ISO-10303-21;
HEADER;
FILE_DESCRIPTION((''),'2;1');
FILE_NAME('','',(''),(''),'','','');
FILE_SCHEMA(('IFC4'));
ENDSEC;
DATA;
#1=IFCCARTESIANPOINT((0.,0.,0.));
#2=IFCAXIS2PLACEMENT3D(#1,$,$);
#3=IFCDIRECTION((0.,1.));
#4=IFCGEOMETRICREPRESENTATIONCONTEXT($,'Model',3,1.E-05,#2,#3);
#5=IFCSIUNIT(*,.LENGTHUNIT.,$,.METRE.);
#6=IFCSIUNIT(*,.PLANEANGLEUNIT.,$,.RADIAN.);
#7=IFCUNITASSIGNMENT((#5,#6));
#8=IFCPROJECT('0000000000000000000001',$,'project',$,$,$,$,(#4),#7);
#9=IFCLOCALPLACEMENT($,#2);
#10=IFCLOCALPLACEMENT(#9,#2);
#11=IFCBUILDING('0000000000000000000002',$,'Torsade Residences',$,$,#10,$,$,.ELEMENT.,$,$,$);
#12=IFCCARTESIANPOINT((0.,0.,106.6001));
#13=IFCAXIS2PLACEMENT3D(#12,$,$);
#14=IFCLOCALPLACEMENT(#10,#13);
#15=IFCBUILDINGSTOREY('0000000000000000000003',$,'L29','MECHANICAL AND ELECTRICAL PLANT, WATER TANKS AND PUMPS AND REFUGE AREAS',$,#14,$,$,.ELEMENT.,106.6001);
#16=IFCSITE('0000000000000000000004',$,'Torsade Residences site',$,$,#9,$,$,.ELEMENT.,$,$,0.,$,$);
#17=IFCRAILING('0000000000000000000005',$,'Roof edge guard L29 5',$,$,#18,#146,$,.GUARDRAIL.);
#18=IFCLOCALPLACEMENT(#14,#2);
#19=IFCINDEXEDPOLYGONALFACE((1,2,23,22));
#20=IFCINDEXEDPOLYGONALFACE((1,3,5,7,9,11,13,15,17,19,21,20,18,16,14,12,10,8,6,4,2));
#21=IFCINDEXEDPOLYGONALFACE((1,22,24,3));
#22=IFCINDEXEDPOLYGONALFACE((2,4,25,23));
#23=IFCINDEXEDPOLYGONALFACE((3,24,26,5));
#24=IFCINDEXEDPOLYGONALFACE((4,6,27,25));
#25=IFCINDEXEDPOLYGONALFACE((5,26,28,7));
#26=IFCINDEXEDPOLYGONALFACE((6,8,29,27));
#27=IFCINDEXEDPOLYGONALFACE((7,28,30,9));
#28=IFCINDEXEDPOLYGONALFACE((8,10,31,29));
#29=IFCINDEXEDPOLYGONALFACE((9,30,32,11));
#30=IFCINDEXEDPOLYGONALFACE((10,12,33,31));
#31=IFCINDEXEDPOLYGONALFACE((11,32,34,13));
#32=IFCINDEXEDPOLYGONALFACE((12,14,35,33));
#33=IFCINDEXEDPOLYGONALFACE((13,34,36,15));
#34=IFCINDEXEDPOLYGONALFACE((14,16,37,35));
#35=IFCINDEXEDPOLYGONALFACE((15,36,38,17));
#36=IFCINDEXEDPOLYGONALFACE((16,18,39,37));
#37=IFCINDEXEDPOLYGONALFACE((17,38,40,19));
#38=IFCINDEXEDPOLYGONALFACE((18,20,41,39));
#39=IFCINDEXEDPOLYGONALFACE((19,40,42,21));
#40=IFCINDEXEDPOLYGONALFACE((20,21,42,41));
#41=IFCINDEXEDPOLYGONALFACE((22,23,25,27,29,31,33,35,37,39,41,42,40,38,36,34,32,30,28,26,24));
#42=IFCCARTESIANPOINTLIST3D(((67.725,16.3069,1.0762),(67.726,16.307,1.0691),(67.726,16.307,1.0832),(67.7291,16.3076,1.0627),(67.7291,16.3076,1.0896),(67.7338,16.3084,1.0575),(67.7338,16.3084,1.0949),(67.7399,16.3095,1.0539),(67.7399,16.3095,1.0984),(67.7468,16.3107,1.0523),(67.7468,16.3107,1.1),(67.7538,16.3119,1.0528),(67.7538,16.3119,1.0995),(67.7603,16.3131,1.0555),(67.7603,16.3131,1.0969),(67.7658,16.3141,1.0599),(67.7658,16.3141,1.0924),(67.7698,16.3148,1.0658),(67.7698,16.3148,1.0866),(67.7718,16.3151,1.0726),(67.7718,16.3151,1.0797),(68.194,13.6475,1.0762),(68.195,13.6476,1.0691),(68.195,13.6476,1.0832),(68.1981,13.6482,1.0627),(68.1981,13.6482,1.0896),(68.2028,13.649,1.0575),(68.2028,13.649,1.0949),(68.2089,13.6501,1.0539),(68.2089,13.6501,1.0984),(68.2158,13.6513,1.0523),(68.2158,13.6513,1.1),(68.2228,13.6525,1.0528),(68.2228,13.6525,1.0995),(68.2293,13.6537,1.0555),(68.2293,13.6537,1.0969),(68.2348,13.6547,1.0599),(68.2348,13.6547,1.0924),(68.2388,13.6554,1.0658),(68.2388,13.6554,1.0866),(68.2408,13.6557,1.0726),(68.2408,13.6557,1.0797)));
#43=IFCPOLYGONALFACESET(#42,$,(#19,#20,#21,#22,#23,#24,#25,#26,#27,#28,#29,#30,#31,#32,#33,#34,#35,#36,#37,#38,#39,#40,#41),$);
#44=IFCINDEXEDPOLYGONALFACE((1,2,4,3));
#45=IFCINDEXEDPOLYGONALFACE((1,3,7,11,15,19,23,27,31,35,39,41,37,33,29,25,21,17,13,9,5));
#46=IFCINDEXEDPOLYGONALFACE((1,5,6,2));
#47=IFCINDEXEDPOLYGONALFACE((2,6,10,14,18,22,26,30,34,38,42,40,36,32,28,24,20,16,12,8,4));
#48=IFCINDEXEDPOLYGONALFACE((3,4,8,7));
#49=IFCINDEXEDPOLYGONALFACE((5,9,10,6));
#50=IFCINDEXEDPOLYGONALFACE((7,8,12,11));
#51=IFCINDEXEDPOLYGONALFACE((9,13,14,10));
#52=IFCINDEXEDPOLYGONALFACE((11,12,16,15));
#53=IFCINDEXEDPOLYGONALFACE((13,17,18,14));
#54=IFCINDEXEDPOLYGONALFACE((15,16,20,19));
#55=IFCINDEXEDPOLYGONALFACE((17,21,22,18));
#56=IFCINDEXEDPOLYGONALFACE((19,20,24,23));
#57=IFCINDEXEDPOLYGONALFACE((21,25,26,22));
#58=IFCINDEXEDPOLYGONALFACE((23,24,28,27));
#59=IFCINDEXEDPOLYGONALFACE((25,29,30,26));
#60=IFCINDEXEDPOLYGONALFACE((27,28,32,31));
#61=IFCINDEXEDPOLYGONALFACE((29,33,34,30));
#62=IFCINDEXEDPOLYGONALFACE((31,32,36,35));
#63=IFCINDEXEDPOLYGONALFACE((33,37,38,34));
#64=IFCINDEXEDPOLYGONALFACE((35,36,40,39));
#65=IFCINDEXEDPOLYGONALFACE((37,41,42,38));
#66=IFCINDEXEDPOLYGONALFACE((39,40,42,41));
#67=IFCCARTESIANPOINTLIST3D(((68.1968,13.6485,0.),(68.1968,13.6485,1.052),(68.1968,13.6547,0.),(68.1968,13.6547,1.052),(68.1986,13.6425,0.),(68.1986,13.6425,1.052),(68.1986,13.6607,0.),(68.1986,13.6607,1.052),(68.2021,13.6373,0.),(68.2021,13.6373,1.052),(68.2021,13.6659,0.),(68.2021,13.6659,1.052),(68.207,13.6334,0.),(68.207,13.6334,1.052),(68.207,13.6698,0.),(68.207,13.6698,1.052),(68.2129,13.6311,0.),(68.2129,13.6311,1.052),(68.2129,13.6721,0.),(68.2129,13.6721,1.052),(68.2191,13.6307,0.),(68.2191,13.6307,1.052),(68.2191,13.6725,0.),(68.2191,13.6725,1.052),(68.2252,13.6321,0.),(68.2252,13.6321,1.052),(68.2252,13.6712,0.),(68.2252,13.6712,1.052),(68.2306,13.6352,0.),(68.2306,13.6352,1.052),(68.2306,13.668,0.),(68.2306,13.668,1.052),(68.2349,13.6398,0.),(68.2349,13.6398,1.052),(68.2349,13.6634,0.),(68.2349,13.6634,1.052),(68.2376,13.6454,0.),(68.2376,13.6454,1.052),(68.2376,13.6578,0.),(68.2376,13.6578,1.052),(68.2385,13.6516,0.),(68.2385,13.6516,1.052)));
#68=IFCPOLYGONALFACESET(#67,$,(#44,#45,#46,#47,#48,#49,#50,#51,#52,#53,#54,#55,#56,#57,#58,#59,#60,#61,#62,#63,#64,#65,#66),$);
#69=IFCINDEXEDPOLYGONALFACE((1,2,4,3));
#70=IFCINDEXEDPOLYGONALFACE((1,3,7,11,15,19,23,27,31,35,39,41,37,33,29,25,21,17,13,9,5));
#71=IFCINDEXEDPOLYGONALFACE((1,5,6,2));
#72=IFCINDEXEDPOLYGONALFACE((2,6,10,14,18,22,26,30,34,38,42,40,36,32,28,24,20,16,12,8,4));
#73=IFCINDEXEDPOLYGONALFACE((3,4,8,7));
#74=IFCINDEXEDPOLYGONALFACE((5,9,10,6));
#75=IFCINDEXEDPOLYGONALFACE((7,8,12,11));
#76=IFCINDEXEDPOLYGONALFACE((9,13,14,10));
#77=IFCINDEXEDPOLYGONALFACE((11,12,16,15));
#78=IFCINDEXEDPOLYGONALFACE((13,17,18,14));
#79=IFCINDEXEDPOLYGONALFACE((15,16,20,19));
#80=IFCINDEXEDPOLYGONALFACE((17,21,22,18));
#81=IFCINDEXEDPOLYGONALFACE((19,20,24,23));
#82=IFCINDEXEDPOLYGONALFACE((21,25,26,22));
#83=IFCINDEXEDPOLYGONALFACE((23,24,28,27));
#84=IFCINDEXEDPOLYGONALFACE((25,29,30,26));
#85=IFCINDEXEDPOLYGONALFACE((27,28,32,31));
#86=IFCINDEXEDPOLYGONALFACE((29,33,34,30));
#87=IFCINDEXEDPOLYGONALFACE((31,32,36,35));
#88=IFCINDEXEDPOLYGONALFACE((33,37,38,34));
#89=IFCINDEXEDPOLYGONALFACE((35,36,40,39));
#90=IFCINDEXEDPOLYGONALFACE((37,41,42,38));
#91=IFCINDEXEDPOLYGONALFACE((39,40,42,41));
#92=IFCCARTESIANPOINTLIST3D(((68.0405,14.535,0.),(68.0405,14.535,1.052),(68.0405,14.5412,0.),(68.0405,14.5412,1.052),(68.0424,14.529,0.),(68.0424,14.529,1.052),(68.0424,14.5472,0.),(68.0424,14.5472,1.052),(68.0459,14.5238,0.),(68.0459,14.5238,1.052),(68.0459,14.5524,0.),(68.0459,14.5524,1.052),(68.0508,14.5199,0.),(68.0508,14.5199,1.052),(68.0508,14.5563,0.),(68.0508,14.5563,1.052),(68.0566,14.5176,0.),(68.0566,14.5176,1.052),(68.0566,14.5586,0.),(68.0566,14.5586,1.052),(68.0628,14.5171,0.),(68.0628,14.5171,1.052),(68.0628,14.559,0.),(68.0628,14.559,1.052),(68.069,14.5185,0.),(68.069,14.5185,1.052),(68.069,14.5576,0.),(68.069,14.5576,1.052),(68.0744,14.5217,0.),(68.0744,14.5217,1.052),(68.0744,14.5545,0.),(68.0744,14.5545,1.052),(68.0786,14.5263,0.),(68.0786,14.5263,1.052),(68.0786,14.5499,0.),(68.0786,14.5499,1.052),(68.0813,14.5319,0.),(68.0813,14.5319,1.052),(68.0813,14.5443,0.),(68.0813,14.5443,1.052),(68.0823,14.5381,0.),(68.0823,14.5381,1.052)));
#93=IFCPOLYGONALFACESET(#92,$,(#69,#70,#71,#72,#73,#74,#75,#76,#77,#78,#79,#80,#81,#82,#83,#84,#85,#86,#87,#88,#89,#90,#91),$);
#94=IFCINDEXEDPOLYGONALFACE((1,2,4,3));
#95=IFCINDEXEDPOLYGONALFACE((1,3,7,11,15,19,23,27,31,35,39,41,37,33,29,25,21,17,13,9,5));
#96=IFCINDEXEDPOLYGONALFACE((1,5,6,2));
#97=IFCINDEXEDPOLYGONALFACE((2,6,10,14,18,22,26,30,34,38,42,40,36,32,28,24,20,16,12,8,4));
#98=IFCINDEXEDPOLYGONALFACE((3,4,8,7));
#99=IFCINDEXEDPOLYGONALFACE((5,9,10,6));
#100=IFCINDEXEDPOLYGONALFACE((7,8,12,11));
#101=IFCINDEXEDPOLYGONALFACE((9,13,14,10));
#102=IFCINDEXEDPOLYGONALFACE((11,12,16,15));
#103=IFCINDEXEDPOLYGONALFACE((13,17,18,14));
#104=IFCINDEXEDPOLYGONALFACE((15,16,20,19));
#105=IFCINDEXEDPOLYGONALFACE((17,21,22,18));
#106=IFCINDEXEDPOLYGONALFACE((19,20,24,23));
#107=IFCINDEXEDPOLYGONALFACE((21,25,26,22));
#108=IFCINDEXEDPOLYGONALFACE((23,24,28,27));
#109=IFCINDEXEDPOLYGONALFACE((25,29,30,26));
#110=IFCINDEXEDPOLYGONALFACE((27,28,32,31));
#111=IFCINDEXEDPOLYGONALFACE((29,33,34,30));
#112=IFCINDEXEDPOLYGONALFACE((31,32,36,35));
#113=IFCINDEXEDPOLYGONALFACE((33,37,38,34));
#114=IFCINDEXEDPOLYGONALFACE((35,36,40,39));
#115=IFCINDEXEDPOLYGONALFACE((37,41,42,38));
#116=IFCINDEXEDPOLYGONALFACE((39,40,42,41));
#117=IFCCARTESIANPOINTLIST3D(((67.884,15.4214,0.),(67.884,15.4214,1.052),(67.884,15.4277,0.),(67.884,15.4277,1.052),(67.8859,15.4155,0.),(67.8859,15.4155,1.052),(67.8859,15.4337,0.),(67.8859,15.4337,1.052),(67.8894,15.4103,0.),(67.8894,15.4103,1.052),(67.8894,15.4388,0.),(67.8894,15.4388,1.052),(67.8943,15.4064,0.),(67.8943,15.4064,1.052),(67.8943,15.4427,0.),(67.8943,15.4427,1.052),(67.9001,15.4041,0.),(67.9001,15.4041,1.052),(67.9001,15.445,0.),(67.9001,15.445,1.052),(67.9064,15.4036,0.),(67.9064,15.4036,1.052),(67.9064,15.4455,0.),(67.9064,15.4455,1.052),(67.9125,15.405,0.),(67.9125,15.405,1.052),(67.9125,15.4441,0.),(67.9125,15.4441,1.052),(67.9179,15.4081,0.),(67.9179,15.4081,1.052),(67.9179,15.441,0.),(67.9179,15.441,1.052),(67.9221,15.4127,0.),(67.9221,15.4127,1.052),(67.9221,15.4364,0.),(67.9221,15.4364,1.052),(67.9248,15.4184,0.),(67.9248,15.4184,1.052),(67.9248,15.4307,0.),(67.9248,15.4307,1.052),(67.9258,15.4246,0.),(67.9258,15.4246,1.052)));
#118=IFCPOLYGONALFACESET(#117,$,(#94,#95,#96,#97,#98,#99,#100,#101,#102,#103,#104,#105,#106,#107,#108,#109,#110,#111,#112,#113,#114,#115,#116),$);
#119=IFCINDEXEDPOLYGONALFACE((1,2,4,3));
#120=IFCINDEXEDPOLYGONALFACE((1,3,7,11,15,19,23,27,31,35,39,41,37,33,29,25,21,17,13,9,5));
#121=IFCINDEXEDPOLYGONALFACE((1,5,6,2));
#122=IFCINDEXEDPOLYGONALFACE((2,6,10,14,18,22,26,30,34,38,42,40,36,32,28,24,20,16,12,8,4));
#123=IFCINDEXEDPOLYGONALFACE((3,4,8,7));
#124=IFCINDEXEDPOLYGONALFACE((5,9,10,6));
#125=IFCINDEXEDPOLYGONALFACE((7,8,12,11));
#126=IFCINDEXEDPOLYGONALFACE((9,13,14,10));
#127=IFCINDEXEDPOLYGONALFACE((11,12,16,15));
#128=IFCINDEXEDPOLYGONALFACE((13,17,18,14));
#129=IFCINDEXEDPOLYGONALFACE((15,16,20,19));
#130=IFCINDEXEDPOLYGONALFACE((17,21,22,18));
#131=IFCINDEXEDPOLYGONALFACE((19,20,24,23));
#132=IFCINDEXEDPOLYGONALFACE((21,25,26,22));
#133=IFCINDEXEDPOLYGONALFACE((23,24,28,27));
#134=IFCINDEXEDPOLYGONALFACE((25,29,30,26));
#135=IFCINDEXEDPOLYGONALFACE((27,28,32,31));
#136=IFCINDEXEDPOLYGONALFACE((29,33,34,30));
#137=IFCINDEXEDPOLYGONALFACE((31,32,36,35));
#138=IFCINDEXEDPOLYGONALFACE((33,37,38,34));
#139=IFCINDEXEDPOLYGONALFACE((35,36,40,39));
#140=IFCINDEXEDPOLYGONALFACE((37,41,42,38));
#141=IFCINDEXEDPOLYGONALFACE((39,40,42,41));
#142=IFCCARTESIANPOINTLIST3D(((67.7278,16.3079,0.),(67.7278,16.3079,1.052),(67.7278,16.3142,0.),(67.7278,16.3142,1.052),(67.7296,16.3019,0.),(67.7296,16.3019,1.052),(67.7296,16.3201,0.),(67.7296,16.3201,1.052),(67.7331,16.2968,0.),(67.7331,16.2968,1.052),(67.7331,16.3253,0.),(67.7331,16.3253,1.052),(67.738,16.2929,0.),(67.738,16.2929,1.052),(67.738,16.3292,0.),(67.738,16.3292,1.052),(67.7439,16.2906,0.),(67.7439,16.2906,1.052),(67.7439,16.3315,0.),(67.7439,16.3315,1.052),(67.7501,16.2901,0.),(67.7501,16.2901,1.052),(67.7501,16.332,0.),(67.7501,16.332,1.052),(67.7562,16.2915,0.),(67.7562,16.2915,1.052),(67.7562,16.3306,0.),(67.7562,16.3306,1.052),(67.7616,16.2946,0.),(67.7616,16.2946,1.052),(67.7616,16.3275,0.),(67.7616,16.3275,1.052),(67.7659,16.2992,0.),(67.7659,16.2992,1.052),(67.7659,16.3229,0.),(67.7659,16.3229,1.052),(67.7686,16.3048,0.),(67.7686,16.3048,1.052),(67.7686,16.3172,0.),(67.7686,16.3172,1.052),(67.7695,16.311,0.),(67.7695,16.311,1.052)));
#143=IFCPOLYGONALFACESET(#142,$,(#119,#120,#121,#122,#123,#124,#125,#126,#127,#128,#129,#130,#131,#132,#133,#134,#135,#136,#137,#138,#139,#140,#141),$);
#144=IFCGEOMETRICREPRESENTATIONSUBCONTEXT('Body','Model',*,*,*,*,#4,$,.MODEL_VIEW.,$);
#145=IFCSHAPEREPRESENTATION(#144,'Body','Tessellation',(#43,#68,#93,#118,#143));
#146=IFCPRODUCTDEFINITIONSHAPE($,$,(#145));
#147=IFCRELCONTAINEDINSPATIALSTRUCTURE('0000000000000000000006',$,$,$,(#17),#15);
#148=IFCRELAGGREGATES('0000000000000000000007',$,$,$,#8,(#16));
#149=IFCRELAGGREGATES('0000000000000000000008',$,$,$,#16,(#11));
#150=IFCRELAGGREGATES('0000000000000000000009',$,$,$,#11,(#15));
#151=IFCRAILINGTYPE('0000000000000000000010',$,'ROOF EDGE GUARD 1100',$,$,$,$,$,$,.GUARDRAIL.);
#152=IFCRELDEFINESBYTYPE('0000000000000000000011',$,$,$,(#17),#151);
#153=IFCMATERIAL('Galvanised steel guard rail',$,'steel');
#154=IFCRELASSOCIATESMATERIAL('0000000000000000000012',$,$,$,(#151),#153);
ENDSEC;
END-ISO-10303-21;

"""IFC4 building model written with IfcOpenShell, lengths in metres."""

from ifc_helpers import new_model, si_unit, direction, frame, origin, origin_2d, place, context, subcontext, project, spatial, circle, extrude, material, type_object, element, save


model = new_model("IFC4")

# Units and contexts
model_context = context("Model", 3, precision=1e-05, world=origin(), true_north=direction((0.0, 1.0)))
body_context = subcontext(model_context, "Body", "Model", "MODEL_VIEW")
ifc_project = project(units=[si_unit("LENGTHUNIT", "METRE"), si_unit("PLANEANGLEUNIT", "RADIAN")], contexts=[model_context])

# Site, building, storey
site_placement = place(None, origin())
site = spatial("IfcSite", under=ifc_project, at=site_placement, Name="Torsade Residences site", CompositionType="ELEMENT", RefElevation=0.0)
building_placement = place(site_placement, origin())
building = spatial("IfcBuilding", under=site, at=building_placement, Name="Torsade Residences", CompositionType="ELEMENT")
storey_placement = place(building_placement, frame((0.0, 0.0, 106.6001)))
storey = spatial("IfcBuildingStorey", under=building, at=storey_placement, Name="L29", Description="MECHANICAL AND ELECTRICAL PLANT, WATER TANKS AND PUMPS AND REFUGE AREAS", CompositionType="ELEMENT", Elevation=106.6001)

# Railing
ifc_material_1 = material(Name="Galvanised steel guard rail", Category="steel")
railing_type = type_object("IfcRailingType", Name="ROOF EDGE GUARD 1100", PredefinedType="GUARDRAIL", material=ifc_material_1)
railing_1_placement = place(storey_placement, frame((68.2175, 13.6516, 0.0)))
element("IfcRailing", 1, at=railing_1_placement, inside=storey, type_object=railing_type, Name="Roof edge guard L29 5", PredefinedType="GUARDRAIL", context=body_context, shape_type="SweptSolid", body=[
    extrude(circle(Radius=0.0239, at=origin_2d()), frame((0.0, 0.0, 1.0762), z_axis=(-0.173672, 0.984804, 0.0), x_axis=(-0.984804, -0.173672, 0.0)), (0.0, 0.0, 1.0), 2.7004),
    extrude(circle(Radius=0.021, at=origin_2d()), origin(), (0.0, 0.0, 1.0), 1.052),
    extrude(circle(Radius=0.021, at=origin_2d()), frame((-0.1562, 0.8865, 0.0)), (0.0, 0.0, 1.0), 1.052),
    extrude(circle(Radius=0.021, at=origin_2d()), frame((-0.3127, 1.7729, 0.0)), (0.0, 0.0, 1.0), 1.052),
    extrude(circle(Radius=0.021, at=origin_2d()), frame((-0.469, 2.6594, 0.0)), (0.0, 0.0, 1.0), 1.052),
])

save(model, "model.ifc")
